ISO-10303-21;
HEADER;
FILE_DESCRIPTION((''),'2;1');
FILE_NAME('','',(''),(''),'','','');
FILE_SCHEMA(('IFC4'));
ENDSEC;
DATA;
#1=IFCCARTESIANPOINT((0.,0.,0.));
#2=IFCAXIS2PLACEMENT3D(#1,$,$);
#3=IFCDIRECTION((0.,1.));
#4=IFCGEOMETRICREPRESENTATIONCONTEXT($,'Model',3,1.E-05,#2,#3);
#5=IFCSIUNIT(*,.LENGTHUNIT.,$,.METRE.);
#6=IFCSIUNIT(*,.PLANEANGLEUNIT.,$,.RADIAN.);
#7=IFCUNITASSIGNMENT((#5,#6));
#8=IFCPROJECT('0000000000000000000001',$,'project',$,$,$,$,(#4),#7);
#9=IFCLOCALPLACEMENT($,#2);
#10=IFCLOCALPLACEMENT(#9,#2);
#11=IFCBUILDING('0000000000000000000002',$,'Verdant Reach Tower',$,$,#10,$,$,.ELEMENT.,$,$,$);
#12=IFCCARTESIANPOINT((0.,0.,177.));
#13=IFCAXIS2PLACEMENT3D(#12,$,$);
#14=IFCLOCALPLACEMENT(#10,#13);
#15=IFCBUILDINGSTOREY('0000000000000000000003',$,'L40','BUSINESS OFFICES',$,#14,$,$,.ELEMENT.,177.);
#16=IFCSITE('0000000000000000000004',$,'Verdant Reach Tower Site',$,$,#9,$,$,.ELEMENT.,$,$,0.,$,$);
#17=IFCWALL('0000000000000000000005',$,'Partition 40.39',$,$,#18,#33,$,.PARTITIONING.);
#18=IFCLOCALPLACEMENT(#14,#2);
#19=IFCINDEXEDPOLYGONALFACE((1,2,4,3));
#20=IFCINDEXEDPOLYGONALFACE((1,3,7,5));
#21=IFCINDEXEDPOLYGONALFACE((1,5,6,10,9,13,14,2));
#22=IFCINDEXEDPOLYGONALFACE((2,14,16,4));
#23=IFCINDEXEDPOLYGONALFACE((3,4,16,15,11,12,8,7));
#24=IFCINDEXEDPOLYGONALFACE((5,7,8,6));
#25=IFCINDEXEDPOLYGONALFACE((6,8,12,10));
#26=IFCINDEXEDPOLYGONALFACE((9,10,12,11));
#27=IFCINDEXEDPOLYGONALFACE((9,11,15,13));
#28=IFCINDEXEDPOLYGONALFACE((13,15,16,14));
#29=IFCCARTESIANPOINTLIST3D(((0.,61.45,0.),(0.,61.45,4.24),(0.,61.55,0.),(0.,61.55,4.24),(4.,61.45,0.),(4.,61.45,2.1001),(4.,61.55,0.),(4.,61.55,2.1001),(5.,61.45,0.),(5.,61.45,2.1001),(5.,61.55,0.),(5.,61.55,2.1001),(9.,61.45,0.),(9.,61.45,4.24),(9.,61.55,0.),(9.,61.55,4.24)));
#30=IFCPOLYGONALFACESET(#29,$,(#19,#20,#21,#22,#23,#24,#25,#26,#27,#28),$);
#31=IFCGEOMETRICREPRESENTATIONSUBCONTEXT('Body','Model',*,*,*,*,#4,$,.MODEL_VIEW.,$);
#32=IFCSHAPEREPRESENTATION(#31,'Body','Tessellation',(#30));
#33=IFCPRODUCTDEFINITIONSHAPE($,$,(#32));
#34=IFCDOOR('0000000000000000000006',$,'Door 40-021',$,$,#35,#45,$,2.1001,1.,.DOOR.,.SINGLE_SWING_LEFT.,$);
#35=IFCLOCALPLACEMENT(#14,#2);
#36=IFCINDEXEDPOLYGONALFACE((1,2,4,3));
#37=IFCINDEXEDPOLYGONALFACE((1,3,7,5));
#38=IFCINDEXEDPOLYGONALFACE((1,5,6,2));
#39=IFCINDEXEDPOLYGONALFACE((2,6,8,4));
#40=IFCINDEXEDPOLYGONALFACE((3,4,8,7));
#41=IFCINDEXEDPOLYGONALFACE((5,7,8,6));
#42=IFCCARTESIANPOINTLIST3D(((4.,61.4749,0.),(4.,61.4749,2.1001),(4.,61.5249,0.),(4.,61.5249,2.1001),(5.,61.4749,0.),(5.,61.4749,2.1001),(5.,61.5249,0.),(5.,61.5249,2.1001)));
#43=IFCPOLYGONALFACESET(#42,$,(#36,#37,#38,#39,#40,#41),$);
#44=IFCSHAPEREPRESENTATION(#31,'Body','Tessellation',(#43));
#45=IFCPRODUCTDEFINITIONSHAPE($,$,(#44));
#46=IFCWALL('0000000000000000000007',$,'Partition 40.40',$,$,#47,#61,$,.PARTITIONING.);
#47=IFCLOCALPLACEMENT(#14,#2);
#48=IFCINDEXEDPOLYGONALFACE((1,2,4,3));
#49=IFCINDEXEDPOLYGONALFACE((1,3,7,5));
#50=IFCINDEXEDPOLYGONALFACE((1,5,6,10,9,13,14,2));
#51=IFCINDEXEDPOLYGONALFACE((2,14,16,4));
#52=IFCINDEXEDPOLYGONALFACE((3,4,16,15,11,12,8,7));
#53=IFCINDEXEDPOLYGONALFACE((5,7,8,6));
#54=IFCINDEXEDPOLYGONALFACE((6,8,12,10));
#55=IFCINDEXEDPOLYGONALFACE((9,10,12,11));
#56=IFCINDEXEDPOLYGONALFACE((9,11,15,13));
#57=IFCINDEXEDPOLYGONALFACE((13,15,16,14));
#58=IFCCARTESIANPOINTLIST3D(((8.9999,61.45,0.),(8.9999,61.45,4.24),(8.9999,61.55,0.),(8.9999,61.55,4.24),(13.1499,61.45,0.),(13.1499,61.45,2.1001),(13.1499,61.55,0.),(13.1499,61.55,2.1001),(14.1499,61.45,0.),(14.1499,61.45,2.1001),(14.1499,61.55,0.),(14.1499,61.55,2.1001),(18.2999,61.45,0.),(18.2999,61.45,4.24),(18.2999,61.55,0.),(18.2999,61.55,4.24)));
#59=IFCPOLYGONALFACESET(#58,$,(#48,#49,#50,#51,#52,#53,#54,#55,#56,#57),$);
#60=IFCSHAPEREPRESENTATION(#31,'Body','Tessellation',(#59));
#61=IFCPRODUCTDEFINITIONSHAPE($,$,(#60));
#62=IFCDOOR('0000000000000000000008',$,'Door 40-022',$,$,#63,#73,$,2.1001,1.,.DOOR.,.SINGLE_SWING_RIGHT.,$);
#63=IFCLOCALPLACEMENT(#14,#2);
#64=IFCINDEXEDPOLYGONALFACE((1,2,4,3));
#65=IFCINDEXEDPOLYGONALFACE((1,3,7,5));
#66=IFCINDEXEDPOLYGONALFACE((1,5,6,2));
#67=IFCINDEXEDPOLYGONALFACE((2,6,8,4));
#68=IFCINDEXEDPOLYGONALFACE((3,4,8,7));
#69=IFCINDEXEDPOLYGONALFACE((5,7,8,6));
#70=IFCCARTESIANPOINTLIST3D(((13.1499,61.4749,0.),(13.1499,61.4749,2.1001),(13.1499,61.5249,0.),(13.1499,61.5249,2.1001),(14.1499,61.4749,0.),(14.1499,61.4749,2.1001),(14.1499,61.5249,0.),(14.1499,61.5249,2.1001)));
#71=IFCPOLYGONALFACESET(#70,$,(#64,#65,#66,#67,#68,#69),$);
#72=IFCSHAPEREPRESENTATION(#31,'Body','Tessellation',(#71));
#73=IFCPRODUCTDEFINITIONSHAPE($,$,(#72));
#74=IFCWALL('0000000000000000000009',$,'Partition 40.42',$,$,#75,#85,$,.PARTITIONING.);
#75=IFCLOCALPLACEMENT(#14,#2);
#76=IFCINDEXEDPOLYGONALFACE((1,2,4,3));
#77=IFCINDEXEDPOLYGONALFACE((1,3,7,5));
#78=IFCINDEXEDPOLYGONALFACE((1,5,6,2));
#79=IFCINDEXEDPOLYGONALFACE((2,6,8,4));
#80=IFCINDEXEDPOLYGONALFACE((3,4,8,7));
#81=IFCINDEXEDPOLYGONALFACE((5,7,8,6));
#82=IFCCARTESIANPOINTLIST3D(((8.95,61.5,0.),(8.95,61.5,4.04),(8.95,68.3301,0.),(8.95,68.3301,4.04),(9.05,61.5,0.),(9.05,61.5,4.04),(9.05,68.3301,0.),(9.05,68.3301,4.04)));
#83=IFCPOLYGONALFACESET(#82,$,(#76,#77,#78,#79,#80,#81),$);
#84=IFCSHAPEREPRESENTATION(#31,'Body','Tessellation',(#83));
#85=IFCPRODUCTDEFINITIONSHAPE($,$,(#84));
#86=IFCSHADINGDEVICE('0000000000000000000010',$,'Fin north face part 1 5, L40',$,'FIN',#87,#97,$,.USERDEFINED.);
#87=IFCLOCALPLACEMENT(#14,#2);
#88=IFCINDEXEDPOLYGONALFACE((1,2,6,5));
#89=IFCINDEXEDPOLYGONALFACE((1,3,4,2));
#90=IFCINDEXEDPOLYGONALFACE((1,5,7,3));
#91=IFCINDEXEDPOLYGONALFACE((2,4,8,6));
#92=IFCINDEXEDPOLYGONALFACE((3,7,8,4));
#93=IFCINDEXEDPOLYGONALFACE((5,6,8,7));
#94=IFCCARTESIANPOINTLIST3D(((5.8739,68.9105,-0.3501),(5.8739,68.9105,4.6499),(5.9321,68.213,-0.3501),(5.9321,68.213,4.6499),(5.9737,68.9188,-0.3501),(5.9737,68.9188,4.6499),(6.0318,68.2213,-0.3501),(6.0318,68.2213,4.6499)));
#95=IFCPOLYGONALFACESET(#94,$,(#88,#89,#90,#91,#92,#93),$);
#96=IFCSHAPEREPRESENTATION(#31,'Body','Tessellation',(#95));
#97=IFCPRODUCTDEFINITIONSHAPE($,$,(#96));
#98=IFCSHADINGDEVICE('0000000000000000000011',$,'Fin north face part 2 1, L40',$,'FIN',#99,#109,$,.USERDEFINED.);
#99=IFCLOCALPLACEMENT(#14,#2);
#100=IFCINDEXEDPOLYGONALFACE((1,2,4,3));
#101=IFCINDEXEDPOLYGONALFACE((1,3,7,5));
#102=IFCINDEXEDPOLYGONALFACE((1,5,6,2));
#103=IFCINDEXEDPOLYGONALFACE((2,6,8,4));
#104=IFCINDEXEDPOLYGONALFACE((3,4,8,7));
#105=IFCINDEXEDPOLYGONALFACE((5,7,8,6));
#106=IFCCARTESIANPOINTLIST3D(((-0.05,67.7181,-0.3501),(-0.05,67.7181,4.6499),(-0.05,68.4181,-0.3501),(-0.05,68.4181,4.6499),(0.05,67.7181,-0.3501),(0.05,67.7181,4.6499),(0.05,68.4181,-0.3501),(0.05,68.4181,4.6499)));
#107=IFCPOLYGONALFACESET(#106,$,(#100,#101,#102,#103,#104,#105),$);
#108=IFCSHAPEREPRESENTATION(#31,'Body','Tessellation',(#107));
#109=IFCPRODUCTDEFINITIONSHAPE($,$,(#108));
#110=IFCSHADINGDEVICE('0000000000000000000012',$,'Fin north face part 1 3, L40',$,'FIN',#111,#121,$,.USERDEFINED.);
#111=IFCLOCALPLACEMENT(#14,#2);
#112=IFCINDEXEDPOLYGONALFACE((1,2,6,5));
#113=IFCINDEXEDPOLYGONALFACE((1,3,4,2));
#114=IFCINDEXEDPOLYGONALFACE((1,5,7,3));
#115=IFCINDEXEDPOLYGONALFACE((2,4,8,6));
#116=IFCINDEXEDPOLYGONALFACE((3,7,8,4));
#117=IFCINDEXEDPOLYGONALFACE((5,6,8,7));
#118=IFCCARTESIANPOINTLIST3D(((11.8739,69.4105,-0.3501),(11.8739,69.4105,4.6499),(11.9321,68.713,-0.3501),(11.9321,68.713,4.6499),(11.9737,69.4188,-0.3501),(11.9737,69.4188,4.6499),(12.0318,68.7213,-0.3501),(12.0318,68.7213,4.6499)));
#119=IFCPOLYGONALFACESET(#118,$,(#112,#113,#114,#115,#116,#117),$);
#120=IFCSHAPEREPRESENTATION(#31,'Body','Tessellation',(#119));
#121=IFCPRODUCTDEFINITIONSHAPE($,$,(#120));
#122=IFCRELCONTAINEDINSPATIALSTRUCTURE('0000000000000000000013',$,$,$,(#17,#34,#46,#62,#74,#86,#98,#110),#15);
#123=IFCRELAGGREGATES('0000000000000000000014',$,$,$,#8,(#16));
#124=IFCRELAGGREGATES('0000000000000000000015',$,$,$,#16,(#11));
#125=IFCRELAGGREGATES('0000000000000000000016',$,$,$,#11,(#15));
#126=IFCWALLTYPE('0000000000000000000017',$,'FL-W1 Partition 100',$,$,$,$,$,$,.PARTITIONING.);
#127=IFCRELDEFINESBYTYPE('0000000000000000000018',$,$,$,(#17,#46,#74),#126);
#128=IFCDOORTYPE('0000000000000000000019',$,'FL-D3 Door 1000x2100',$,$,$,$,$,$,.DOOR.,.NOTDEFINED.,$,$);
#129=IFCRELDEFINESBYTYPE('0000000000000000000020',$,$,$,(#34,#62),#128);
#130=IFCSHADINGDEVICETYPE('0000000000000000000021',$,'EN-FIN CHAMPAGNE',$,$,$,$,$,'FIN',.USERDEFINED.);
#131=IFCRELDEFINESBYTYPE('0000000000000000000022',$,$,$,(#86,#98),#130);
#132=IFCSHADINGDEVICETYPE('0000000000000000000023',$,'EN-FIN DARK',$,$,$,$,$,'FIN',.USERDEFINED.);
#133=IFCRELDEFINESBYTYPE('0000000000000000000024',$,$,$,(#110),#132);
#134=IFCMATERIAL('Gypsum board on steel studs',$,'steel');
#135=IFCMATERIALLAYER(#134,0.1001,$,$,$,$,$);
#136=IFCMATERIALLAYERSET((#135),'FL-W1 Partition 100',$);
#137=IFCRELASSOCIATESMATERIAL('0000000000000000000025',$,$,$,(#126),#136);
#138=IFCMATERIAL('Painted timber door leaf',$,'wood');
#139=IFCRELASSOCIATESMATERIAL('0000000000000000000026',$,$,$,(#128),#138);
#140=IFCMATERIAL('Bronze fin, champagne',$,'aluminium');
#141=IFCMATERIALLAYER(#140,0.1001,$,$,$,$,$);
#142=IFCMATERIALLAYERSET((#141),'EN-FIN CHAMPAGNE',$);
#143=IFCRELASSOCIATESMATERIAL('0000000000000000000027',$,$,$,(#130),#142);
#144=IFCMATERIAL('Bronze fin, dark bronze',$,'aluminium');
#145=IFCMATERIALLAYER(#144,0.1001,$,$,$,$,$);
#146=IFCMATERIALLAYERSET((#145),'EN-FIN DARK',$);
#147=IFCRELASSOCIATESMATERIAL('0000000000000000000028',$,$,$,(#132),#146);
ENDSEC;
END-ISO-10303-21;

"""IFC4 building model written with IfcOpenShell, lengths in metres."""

from ifc_helpers import new_model, si_unit, direction, frame, frame_2d, origin, origin_2d, place, context, subcontext, project, spatial, rectangle, extrude, material, layer, layer_set, type_object, element, fill, save


model = new_model("IFC4")

# Units and contexts
model_context = context("Model", 3, precision=1e-05, world=origin(), true_north=direction((0.0, 1.0)))
body_context = subcontext(model_context, "Body", "Model", "MODEL_VIEW")
ifc_project = project(units=[si_unit("LENGTHUNIT", "METRE"), si_unit("PLANEANGLEUNIT", "RADIAN")], contexts=[model_context])

# Site, building, storey
site_placement = place(None, origin())
site = spatial("IfcSite", under=ifc_project, at=site_placement, Name="Verdant Reach Tower Site", CompositionType="ELEMENT", RefElevation=0.0)
building_placement = place(site_placement, origin())
building = spatial("IfcBuilding", under=site, at=building_placement, Name="Verdant Reach Tower", CompositionType="ELEMENT")
storey_placement = place(building_placement, frame((0.0, 0.0, 177.0)))
storey = spatial("IfcBuildingStorey", under=building, at=storey_placement, Name="L40", Description="BUSINESS OFFICES", CompositionType="ELEMENT", Elevation=177.0)

# Shared definitions
ifc_material_1 = material(Name="Gypsum board on steel studs", Category="steel")
ifc_layer_1 = layer(ifc_material_1, 0.1001)
ifc_layer_set_1 = layer_set([ifc_layer_1], Name="FL-W1 Partition 100")
wall_type = type_object("IfcWallType", Name="FL-W1 Partition 100", PredefinedType="PARTITIONING", material=ifc_layer_set_1)

# Walls, openings, doors
wall_1_placement = place(storey_placement, frame((0.0, 61.5, 0.0), z_axis=(0.0, 0.0, 1.0), x_axis=(1.0, 0.0, 0.0)))
wall_1 = element("IfcWall", 1, at=wall_1_placement, inside=storey, type_object=wall_type, Name="Partition 40.39", PredefinedType="PARTITIONING", context=body_context, shape_type="SweptSolid", body=[
    extrude(rectangle(XDim=9.0, YDim=0.1001, at=frame_2d((4.5, 0.0))), origin(), (0.0, 0.0, 1.0), 4.24),
])
opening_1_placement = place(wall_1_placement, frame((4.0, 0.0, 0.0)))
opening_1 = element("IfcOpeningElement", 2, at=opening_1_placement, cuts=wall_1, PredefinedType="OPENING", context=body_context, shape_type="SweptSolid", body=[
    extrude(rectangle(XDim=1.0, YDim=2.1001, at=frame_2d((0.5, 1.05))), frame((0.0, 0.0601, 0.0), z_axis=(0.0, -1.0, 0.0), x_axis=(1.0, 0.0, 0.0)), (0.0, 0.0, 1.0), 0.1201),
])
ifc_material_2 = material(Name="Painted timber door leaf", Category="wood")
door_type = type_object("IfcDoorType", Name="FL-D3 Door 1000x2100", OperationType="NOTDEFINED", PredefinedType="DOOR", material=ifc_material_2)
door_1_placement = place(opening_1_placement, origin())
door_1 = element("IfcDoor", 3, at=door_1_placement, inside=storey, type_object=door_type, Name="Door 40-021", OperationType="SINGLE_SWING_LEFT", OverallHeight=2.1001, OverallWidth=1.0, PredefinedType="DOOR", context=body_context, shape_type="SweptSolid", body=[
    extrude(rectangle(XDim=1.0, YDim=2.1001, at=frame_2d((0.5, 1.05))), frame((0.0, 0.0249, 0.0), z_axis=(0.0, -1.0, 0.0), x_axis=(1.0, 0.0, 0.0)), (0.0, 0.0, 1.0), 0.05),
])
fill(opening_1, door_1)
wall_2_placement = place(storey_placement, frame((9.0, 61.5, 0.0), z_axis=(0.0, 0.0, 1.0), x_axis=(1.0, 0.0, 0.0)))
wall_2 = element("IfcWall", 4, at=wall_2_placement, inside=storey, type_object=wall_type, Name="Partition 40.40", PredefinedType="PARTITIONING", context=body_context, shape_type="SweptSolid", body=[
    extrude(rectangle(XDim=9.3, YDim=0.1001, at=frame_2d((4.6499, 0.0))), origin(), (0.0, 0.0, 1.0), 4.24),
])
opening_2_placement = place(wall_2_placement, frame((4.1499, 0.0, 0.0)))
opening_2 = element("IfcOpeningElement", 5, at=opening_2_placement, cuts=wall_2, PredefinedType="OPENING", context=body_context, shape_type="SweptSolid", body=[
    extrude(rectangle(XDim=1.0, YDim=2.1001, at=frame_2d((0.5, 1.05))), frame((0.0, 0.0601, 0.0), z_axis=(0.0, -1.0, 0.0), x_axis=(1.0, 0.0, 0.0)), (0.0, 0.0, 1.0), 0.1201),
])
door_2_placement = place(opening_2_placement, origin())
door_2 = element("IfcDoor", 6, at=door_2_placement, inside=storey, type_object=door_type, Name="Door 40-022", OperationType="SINGLE_SWING_RIGHT", OverallHeight=2.1001, OverallWidth=1.0, PredefinedType="DOOR", context=body_context, shape_type="SweptSolid", body=[
    extrude(rectangle(XDim=1.0, YDim=2.1001, at=frame_2d((0.5, 1.05))), frame((0.0, 0.0249, 0.0), z_axis=(0.0, -1.0, 0.0), x_axis=(1.0, 0.0, 0.0)), (0.0, 0.0, 1.0), 0.05),
])
fill(opening_2, door_2)

# Wall
wall_3_placement = place(storey_placement, frame((9.0, 61.5, 0.0), z_axis=(0.0, 0.0, 1.0), x_axis=(0.0, 1.0, 0.0)))
element("IfcWall", 7, at=wall_3_placement, inside=storey, type_object=wall_type, Name="Partition 40.42", PredefinedType="PARTITIONING", context=body_context, shape_type="SweptSolid", body=[
    extrude(rectangle(XDim=6.8301, YDim=0.1001, at=frame_2d((3.415, 0.0))), origin(), (0.0, 0.0, 1.0), 4.04),
])

# Shading devices
ifc_material_3 = material(Name="Bronze fin, champagne", Category="aluminium")
ifc_layer_2 = layer(ifc_material_3, 0.1001)
ifc_layer_set_2 = layer_set([ifc_layer_2], Name="EN-FIN CHAMPAGNE")
shading_device_type_1 = type_object("IfcShadingDeviceType", Name="EN-FIN CHAMPAGNE", ElementType="FIN", PredefinedType="USERDEFINED", material=ifc_layer_set_2)
for number, where, z_axis, x_axis, name in (
    (8, (5.9529, 68.5659, -0.3501), (0.0, 0.0, 1.0), (-0.996546, -0.083045, 0.0), "Fin north face part 1 5, L40"),
    (9, (0.0, 68.0681, -0.3501), (0.0, 0.0, 1.0), (-1.0, 0.0, 0.0), "Fin north face part 2 1, L40"),
):
    element("IfcShadingDevice", number, at=place(storey_placement, frame(where, z_axis=z_axis, x_axis=x_axis)), inside=storey, type_object=shading_device_type_1, Name=name, ObjectType="FIN", PredefinedType="USERDEFINED", context=body_context, shape_type="SweptSolid", body=[
        extrude(rectangle(XDim=0.1001, YDim=0.7, at=origin_2d()), origin(), (0.0, 0.0, 1.0), 5.0),
    ])
ifc_material_4 = material(Name="Bronze fin, dark bronze", Category="aluminium")
ifc_layer_3 = layer(ifc_material_4, 0.1001)
ifc_layer_set_3 = layer_set([ifc_layer_3], Name="EN-FIN DARK")
shading_device_type_2 = type_object("IfcShadingDeviceType", Name="EN-FIN DARK", ElementType="FIN", PredefinedType="USERDEFINED", material=ifc_layer_set_3)
shading_device_placement = place(storey_placement, frame((11.9529, 69.0659, -0.3501), z_axis=(0.0, 0.0, 1.0), x_axis=(-0.996546, -0.083045, 0.0)))
element("IfcShadingDevice", 10, at=shading_device_placement, inside=storey, type_object=shading_device_type_2, Name="Fin north face part 1 3, L40", ObjectType="FIN", PredefinedType="USERDEFINED", context=body_context, shape_type="SweptSolid", body=[
    extrude(rectangle(XDim=0.1001, YDim=0.7, at=origin_2d()), origin(), (0.0, 0.0, 1.0), 5.0),
])

save(model, "model.ifc")
